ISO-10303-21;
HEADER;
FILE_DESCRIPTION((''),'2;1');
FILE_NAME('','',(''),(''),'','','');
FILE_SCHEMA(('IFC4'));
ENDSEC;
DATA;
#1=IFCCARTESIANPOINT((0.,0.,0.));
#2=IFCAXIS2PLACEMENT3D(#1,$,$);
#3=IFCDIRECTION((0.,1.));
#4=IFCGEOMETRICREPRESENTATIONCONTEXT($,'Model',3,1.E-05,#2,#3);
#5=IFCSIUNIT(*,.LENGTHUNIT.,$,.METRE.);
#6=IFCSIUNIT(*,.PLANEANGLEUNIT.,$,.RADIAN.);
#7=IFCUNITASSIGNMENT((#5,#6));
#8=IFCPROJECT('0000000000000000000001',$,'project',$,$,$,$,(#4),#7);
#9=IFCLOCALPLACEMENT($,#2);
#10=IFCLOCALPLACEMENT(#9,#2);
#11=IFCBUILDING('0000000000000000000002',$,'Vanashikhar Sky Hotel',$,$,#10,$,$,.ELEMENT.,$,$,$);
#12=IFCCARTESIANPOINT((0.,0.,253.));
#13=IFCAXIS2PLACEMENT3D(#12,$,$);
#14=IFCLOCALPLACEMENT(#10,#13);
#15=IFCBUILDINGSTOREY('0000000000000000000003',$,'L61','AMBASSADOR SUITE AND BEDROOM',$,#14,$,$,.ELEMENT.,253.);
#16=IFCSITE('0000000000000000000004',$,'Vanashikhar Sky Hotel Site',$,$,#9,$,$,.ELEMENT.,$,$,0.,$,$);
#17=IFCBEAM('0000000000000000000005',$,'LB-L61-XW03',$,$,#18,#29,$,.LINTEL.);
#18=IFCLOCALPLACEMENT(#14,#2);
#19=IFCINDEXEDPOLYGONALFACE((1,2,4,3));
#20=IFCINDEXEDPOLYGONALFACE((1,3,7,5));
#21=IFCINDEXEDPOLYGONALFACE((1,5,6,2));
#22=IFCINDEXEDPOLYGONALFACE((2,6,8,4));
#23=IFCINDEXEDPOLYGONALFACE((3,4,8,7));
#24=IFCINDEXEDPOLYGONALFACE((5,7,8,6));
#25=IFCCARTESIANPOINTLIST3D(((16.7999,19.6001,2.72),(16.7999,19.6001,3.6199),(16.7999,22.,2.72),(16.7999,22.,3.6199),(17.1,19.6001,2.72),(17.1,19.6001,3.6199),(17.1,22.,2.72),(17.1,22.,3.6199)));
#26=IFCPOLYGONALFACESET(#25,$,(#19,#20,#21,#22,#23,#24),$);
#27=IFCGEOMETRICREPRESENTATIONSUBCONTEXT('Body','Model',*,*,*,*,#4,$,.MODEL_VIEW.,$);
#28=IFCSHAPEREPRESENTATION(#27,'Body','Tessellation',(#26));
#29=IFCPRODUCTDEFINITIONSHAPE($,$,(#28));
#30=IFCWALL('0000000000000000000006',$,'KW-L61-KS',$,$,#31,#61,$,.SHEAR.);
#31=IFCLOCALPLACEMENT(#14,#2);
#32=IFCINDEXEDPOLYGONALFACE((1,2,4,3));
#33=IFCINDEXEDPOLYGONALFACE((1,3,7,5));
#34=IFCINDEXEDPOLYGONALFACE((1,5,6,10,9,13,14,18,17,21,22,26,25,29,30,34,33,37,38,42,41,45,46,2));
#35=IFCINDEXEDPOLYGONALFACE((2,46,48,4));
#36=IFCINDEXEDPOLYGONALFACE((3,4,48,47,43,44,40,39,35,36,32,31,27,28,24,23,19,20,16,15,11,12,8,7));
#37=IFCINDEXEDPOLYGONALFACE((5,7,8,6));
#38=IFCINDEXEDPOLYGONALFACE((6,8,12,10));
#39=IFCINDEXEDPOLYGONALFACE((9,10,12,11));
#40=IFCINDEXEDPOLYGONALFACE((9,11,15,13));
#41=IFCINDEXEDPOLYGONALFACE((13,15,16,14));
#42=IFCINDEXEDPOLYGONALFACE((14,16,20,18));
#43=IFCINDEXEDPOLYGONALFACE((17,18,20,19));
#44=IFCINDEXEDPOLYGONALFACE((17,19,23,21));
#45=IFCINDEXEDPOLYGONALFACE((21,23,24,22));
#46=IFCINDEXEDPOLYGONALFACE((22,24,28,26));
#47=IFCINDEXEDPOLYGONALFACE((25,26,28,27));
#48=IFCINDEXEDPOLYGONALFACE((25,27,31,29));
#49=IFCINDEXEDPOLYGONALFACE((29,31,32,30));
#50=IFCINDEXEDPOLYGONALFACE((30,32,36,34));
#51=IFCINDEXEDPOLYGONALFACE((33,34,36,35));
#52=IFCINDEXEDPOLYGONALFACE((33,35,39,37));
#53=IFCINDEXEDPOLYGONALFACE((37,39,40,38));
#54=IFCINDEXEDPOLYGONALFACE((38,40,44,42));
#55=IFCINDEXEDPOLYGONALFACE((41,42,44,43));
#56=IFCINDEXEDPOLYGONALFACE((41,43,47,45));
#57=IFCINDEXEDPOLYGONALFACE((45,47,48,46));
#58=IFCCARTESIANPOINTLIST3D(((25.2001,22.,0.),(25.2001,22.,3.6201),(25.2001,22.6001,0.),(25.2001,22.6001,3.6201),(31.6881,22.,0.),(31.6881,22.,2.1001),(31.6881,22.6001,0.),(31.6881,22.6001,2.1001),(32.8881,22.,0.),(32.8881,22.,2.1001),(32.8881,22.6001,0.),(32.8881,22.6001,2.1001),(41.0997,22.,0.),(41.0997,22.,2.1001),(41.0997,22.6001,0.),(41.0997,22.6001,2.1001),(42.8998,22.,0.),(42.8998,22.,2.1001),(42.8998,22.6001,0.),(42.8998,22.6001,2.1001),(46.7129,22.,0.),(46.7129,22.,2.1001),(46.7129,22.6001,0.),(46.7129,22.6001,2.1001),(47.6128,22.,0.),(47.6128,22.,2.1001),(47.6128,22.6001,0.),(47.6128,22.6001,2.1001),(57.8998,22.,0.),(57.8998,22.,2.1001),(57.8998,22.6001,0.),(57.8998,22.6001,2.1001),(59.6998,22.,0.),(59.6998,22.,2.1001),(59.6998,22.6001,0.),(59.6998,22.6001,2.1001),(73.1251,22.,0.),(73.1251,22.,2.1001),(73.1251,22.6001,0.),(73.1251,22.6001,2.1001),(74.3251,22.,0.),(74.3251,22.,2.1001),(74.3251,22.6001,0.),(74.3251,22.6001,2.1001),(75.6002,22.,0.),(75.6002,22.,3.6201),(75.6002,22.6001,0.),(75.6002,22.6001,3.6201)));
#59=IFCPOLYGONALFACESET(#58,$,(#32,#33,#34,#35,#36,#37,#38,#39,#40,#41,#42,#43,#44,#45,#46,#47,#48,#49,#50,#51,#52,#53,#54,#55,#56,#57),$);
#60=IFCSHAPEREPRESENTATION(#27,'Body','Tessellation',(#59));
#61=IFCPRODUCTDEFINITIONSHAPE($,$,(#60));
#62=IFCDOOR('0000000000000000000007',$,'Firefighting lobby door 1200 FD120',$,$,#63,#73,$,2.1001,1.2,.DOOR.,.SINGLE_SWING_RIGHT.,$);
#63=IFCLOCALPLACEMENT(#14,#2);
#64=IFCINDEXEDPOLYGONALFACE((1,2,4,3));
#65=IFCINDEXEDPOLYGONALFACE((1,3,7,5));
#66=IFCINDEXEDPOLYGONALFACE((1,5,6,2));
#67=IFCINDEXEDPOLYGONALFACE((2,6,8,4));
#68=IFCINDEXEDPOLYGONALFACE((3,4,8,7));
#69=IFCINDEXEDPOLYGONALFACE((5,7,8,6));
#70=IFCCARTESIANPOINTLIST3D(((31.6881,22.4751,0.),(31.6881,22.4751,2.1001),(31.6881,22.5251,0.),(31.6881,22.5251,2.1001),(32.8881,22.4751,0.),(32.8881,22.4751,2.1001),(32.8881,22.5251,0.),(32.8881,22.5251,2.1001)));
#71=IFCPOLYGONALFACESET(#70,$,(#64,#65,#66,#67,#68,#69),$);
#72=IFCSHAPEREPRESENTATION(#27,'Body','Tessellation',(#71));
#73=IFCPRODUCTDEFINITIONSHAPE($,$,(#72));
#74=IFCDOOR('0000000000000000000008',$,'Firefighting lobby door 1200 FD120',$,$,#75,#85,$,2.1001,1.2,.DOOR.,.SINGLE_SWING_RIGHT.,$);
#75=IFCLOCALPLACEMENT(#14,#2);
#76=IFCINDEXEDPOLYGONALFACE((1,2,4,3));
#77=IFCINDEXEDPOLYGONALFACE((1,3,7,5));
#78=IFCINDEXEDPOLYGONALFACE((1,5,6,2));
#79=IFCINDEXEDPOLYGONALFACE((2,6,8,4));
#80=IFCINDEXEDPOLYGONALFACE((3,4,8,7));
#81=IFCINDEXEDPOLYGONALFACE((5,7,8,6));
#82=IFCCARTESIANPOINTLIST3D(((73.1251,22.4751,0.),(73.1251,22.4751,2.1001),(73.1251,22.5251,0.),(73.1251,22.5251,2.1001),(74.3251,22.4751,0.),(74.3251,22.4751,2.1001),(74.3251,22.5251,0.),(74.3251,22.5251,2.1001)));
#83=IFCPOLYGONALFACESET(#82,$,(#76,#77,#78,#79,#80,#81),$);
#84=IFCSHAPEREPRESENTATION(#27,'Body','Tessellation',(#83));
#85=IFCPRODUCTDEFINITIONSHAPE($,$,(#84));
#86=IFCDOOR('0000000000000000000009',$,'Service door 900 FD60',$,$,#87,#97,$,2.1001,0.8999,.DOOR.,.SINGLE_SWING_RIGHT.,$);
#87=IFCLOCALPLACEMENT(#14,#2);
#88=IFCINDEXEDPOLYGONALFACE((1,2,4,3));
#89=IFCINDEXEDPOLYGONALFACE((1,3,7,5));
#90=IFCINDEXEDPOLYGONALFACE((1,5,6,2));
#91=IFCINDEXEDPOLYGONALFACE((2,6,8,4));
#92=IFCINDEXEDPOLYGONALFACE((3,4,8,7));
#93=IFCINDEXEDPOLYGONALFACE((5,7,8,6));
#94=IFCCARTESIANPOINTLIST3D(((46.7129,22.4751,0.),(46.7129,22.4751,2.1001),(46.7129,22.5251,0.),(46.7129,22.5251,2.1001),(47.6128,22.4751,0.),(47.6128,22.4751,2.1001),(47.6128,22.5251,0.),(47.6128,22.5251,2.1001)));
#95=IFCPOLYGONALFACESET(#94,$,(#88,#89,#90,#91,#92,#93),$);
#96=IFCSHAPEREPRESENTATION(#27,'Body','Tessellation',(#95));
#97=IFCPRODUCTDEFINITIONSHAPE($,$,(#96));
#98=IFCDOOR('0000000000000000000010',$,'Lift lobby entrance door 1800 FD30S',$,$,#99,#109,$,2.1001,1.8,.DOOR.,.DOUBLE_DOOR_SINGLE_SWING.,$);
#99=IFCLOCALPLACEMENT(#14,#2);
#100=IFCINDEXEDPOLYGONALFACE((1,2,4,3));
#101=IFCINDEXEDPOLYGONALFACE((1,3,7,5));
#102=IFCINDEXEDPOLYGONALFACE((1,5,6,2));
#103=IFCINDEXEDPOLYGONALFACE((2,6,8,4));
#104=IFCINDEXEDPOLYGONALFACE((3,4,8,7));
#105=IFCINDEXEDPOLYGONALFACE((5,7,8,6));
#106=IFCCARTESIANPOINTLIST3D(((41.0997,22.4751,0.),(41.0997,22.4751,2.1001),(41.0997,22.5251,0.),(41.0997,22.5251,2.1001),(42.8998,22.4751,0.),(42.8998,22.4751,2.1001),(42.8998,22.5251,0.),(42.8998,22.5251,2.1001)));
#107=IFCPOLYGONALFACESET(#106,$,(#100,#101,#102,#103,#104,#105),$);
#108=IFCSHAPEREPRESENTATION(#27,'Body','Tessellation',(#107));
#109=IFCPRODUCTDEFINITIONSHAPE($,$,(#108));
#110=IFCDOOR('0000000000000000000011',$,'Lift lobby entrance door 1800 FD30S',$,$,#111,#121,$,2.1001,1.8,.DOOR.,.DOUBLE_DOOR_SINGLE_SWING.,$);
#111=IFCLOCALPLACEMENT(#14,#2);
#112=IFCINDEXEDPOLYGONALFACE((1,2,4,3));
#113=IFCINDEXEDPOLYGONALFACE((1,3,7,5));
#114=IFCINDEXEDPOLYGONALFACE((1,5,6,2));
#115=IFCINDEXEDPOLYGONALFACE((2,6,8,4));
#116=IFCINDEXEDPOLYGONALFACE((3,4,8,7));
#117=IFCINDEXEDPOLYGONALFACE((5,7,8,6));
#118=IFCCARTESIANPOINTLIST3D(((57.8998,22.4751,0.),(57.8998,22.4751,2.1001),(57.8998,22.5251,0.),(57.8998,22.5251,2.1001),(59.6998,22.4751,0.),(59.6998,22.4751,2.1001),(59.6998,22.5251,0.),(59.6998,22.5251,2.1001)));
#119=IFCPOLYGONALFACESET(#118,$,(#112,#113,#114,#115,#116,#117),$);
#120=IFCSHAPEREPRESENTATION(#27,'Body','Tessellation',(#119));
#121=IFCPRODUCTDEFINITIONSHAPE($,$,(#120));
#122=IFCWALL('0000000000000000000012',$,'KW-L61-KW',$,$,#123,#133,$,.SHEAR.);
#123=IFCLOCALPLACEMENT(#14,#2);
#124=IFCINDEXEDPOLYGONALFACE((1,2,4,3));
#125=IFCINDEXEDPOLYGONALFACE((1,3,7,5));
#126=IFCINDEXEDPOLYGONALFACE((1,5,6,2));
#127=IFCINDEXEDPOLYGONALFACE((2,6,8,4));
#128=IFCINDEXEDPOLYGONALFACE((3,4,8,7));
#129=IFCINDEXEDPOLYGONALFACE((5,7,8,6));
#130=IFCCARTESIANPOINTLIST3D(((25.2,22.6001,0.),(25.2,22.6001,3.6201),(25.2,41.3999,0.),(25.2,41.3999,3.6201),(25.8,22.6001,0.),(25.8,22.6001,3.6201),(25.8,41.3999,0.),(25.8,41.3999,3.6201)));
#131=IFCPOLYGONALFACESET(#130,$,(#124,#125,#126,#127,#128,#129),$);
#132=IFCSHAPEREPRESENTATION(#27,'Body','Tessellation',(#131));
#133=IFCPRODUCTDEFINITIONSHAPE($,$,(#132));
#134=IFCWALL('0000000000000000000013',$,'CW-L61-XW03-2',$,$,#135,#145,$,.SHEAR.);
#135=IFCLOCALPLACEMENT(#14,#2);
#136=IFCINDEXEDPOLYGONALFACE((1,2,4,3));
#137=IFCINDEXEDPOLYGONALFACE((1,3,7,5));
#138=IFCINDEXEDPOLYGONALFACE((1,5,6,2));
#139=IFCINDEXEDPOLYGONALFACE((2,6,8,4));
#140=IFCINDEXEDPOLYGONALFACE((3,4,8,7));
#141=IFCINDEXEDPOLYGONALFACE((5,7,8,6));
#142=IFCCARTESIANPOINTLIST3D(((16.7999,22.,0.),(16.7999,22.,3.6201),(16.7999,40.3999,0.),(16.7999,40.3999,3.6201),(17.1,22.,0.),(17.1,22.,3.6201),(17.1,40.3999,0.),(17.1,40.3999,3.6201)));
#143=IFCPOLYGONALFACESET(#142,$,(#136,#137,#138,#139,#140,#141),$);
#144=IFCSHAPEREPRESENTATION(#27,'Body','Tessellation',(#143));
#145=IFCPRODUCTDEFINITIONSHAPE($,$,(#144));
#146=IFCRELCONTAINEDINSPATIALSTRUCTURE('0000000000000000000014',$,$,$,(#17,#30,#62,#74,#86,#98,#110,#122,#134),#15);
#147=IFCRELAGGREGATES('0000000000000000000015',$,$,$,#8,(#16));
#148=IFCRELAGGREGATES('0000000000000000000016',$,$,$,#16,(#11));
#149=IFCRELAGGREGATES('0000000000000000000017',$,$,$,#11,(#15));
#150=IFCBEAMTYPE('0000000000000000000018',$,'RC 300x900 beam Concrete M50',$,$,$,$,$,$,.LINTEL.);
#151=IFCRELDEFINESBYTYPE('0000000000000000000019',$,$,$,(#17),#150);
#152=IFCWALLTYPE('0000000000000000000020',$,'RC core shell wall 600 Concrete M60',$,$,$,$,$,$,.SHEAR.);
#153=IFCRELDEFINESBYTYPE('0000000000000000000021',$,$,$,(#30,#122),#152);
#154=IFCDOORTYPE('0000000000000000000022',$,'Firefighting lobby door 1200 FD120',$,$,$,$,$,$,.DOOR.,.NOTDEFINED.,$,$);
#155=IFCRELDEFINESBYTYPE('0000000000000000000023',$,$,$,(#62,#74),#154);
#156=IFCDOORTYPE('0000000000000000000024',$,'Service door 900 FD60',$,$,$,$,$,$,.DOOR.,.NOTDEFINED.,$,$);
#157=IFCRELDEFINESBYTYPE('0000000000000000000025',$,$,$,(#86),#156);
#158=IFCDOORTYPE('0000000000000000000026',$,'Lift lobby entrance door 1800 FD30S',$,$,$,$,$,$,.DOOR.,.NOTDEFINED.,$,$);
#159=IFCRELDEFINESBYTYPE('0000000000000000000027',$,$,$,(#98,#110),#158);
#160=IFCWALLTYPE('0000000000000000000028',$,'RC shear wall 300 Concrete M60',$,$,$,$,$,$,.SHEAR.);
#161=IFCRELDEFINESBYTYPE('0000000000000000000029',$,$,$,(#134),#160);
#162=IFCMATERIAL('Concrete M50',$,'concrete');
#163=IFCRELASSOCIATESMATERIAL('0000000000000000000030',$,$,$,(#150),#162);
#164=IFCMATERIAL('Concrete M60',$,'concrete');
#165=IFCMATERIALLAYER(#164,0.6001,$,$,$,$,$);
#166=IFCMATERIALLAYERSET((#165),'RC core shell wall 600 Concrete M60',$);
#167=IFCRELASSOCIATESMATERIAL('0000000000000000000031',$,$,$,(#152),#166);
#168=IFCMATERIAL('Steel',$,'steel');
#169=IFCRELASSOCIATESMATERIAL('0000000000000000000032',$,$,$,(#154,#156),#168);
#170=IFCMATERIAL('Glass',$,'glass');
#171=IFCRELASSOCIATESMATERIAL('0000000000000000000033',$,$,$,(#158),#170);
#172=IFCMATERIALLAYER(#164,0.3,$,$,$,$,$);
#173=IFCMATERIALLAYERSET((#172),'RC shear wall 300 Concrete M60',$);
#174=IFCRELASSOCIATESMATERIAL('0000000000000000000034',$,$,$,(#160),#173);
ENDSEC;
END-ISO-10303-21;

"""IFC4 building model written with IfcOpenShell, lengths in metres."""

from ifc_helpers import new_model, si_unit, direction, frame, frame_2d, origin, origin_2d, place, context, subcontext, project, spatial, rectangle, extrude, source, transform, mapped, material, layer, layer_set, material_profile, profile_set, type_object, element, fill, save


model = new_model("IFC4")

# Units and contexts
model_context = context("Model", 3, precision=1e-05, world=origin(), true_north=direction((0.0, 1.0)))
body_context = subcontext(model_context, "Body", "Model", "MODEL_VIEW")
ifc_project = project(units=[si_unit("LENGTHUNIT", "METRE"), si_unit("PLANEANGLEUNIT", "RADIAN")], contexts=[model_context])

# Site, building, storey
site_placement = place(None, origin())
site = spatial("IfcSite", under=ifc_project, at=site_placement, Name="Vanashikhar Sky Hotel Site", CompositionType="ELEMENT", RefElevation=0.0)
building_placement = place(site_placement, origin())
building = spatial("IfcBuilding", under=site, at=building_placement, Name="Vanashikhar Sky Hotel", CompositionType="ELEMENT")
storey_placement = place(building_placement, frame((0.0, 0.0, 253.0)))
storey = spatial("IfcBuildingStorey", under=building, at=storey_placement, Name="L61", Description="AMBASSADOR SUITE AND BEDROOM", CompositionType="ELEMENT", Elevation=253.0)

# Beam
ifc_material_1 = material(Name="Concrete M50", Category="concrete")
ifc_material_profile = material_profile(ifc_material_1, rectangle(XDim=0.3, YDim=0.8999, at=origin_2d()))
ifc_profile_set = profile_set([ifc_material_profile], Name="RC 300x900 beam Concrete M50")
beam_type = type_object("IfcBeamType", Name="RC 300x900 beam Concrete M50", PredefinedType="LINTEL", material=ifc_profile_set)
shared_shape_1 = source(origin(), body_context, "Body", "SweptSolid", [
    extrude(rectangle(XDim=0.3, YDim=0.8999, at=origin_2d()), origin(), (0.0, 0.0, 1.0), 2.3999),
])
beam_placement = place(storey_placement, frame((16.95, 19.6001, 3.1699), z_axis=(0.0, 1.0, 0.0), x_axis=(-1.0, 0.0, 0.0)))
element("IfcBeam", 1, at=beam_placement, inside=storey, type_object=beam_type, Name="LB-L61-XW03", PredefinedType="LINTEL", context=body_context, shape_type="MappedRepresentation", body=[
    mapped(shared_shape_1, transform((0.0, 0.0, 0.0), scale=1.0)),
])

# Wall, openings, doors
ifc_material_2 = material(Name="Concrete M60", Category="concrete")
ifc_layer_1 = layer(ifc_material_2, 0.6001)
ifc_layer_set_1 = layer_set([ifc_layer_1], Name="RC core shell wall 600 Concrete M60")
wall_type_1 = type_object("IfcWallType", Name="RC core shell wall 600 Concrete M60", PredefinedType="SHEAR", material=ifc_layer_set_1)
shared_shape_2 = source(origin(), body_context, "Body", "SweptSolid", [
    extrude(rectangle(XDim=50.4001, YDim=0.6001, at=frame_2d((25.2002, 0.0))), origin(), (0.0, 0.0, 1.0), 3.6201),
])
wall_1_placement = place(storey_placement, frame((25.2, 22.3, 0.0), z_axis=(0.0, 0.0, 1.0), x_axis=(1.0, 0.0, 0.0)))
wall_1 = element("IfcWall", 2, at=wall_1_placement, inside=storey, type_object=wall_type_1, Name="KW-L61-KS", PredefinedType="SHEAR", context=body_context, shape_type="MappedRepresentation", body=[
    mapped(shared_shape_2, transform((0.0, 0.0, 0.0), scale=1.0)),
])
shared_shape_3 = source(origin(), body_context, "Body", "SweptSolid", [
    extrude(rectangle(XDim=1.8, YDim=2.1001, at=frame_2d((0.8999, 1.05))), frame((0.0, 0.3101, 0.0), z_axis=(0.0, -1.0, 0.0), x_axis=(1.0, 0.0, 0.0)), (0.0, 0.0, 1.0), 0.6201),
])
opening_1_placement = place(wall_1_placement, frame((15.8999, 0.0, 0.0)))
opening_1 = element("IfcOpeningElement", 3, at=opening_1_placement, cuts=wall_1, PredefinedType="OPENING", context=body_context, shape_type="MappedRepresentation", body=[
    mapped(shared_shape_3, transform((0.0, 0.0, 0.0), scale=1.0)),
])
shared_shape_4 = source(origin(), body_context, "Body", "SweptSolid", [
    extrude(rectangle(XDim=0.8999, YDim=2.1001, at=frame_2d((0.45, 1.05))), frame((0.0, 0.3101, 0.0), z_axis=(0.0, -1.0, 0.0), x_axis=(1.0, 0.0, 0.0)), (0.0, 0.0, 1.0), 0.6201),
])
opening_2_placement = place(wall_1_placement, frame((21.5129, 0.0, 0.0)))
opening_2 = element("IfcOpeningElement", 4, at=opening_2_placement, cuts=wall_1, PredefinedType="OPENING", context=body_context, shape_type="MappedRepresentation", body=[
    mapped(shared_shape_4, transform((0.0, 0.0, 0.0), scale=1.0)),
])
opening_3_placement = place(wall_1_placement, frame((32.7, 0.0, 0.0)))
opening_3 = element("IfcOpeningElement", 5, at=opening_3_placement, cuts=wall_1, PredefinedType="OPENING", context=body_context, shape_type="MappedRepresentation", body=[
    mapped(shared_shape_3, transform((0.0, 0.0, 0.0), scale=1.0)),
])
shared_shape_5 = source(origin(), body_context, "Body", "SweptSolid", [
    extrude(rectangle(XDim=1.2, YDim=2.1001, at=frame_2d((0.6001, 1.05))), frame((0.0, 0.3101, 0.0), z_axis=(0.0, -1.0, 0.0), x_axis=(1.0, 0.0, 0.0)), (0.0, 0.0, 1.0), 0.6201),
])
opening_4_placement = place(wall_1_placement, frame((6.488, 0.0, 0.0)))
opening_4 = element("IfcOpeningElement", 6, at=opening_4_placement, cuts=wall_1, PredefinedType="OPENING", context=body_context, shape_type="MappedRepresentation", body=[
    mapped(shared_shape_5, transform((0.0, 0.0, 0.0), scale=1.0)),
])
opening_5_placement = place(wall_1_placement, frame((47.925, 0.0, 0.0)))
opening_5 = element("IfcOpeningElement", 7, at=opening_5_placement, cuts=wall_1, PredefinedType="OPENING", context=body_context, shape_type="MappedRepresentation", body=[
    mapped(shared_shape_5, transform((0.0, 0.0, 0.0), scale=1.0)),
])
ifc_material_3 = material(Name="Steel", Category="steel")
door_type_1 = type_object("IfcDoorType", Name="Firefighting lobby door 1200 FD120", OperationType="NOTDEFINED", PredefinedType="DOOR", material=ifc_material_3)
shared_shape_6 = source(origin(), body_context, "Body", "SweptSolid", [
    extrude(rectangle(XDim=1.2, YDim=2.1001, at=frame_2d((0.6001, 1.05))), frame((0.0, 0.2251, 0.0), z_axis=(0.0, -1.0, 0.0), x_axis=(1.0, 0.0, 0.0)), (0.0, 0.0, 1.0), 0.05),
])
door_1_placement = place(opening_4_placement, origin())
door_1 = element("IfcDoor", 8, at=door_1_placement, inside=storey, type_object=door_type_1, Name="Firefighting lobby door 1200 FD120", OperationType="SINGLE_SWING_RIGHT", OverallHeight=2.1001, OverallWidth=1.2, PredefinedType="DOOR", context=body_context, shape_type="MappedRepresentation", body=[
    mapped(shared_shape_6, transform((0.0, 0.0, 0.0), scale=1.0)),
])
fill(opening_4, door_1)
door_2_placement = place(opening_5_placement, origin())
door_2 = element("IfcDoor", 9, at=door_2_placement, inside=storey, type_object=door_type_1, Name="Firefighting lobby door 1200 FD120", OperationType="SINGLE_SWING_RIGHT", OverallHeight=2.1001, OverallWidth=1.2, PredefinedType="DOOR", context=body_context, shape_type="MappedRepresentation", body=[
    mapped(shared_shape_6, transform((0.0, 0.0, 0.0), scale=1.0)),
])
fill(opening_5, door_2)
door_type_2 = type_object("IfcDoorType", Name="Service door 900 FD60", OperationType="NOTDEFINED", PredefinedType="DOOR", material=ifc_material_3)
shared_shape_7 = source(origin(), body_context, "Body", "SweptSolid", [
    extrude(rectangle(XDim=0.8999, YDim=2.1001, at=frame_2d((0.45, 1.05))), frame((0.0, 0.2251, 0.0), z_axis=(0.0, -1.0, 0.0), x_axis=(1.0, 0.0, 0.0)), (0.0, 0.0, 1.0), 0.05),
])
door_3_placement = place(opening_2_placement, origin())
door_3 = element("IfcDoor", 10, at=door_3_placement, inside=storey, type_object=door_type_2, Name="Service door 900 FD60", OperationType="SINGLE_SWING_RIGHT", OverallHeight=2.1001, OverallWidth=0.8999, PredefinedType="DOOR", context=body_context, shape_type="MappedRepresentation", body=[
    mapped(shared_shape_7, transform((0.0, 0.0, 0.0), scale=1.0)),
])
fill(opening_2, door_3)
ifc_material_4 = material(Name="Glass", Category="glass")
door_type_3 = type_object("IfcDoorType", Name="Lift lobby entrance door 1800 FD30S", OperationType="NOTDEFINED", PredefinedType="DOOR", material=ifc_material_4)
shared_shape_8 = source(origin(), body_context, "Body", "SweptSolid", [
    extrude(rectangle(XDim=1.8, YDim=2.1001, at=frame_2d((0.8999, 1.05))), frame((0.0, 0.2251, 0.0), z_axis=(0.0, -1.0, 0.0), x_axis=(1.0, 0.0, 0.0)), (0.0, 0.0, 1.0), 0.05),
])
door_4_placement = place(opening_1_placement, origin())
door_4 = element("IfcDoor", 11, at=door_4_placement, inside=storey, type_object=door_type_3, Name="Lift lobby entrance door 1800 FD30S", OperationType="DOUBLE_DOOR_SINGLE_SWING", OverallHeight=2.1001, OverallWidth=1.8, PredefinedType="DOOR", context=body_context, shape_type="MappedRepresentation", body=[
    mapped(shared_shape_8, transform((0.0, 0.0, 0.0), scale=1.0)),
])
fill(opening_1, door_4)
door_5_placement = place(opening_3_placement, origin())
door_5 = element("IfcDoor", 12, at=door_5_placement, inside=storey, type_object=door_type_3, Name="Lift lobby entrance door 1800 FD30S", OperationType="DOUBLE_DOOR_SINGLE_SWING", OverallHeight=2.1001, OverallWidth=1.8, PredefinedType="DOOR", context=body_context, shape_type="MappedRepresentation", body=[
    mapped(shared_shape_8, transform((0.0, 0.0, 0.0), scale=1.0)),
])
fill(opening_3, door_5)

# Walls
shared_shape_9 = source(origin(), body_context, "Body", "SweptSolid", [
    extrude(rectangle(XDim=18.7998, YDim=0.6001, at=frame_2d((9.3999, 0.0))), origin(), (0.0, 0.0, 1.0), 3.6201),
])
wall_2_placement = place(storey_placement, frame((25.5, 22.6001, 0.0), z_axis=(0.0, 0.0, 1.0), x_axis=(0.0, 1.0, 0.0)))
element("IfcWall", 13, at=wall_2_placement, inside=storey, type_object=wall_type_1, Name="KW-L61-KW", PredefinedType="SHEAR", context=body_context, shape_type="MappedRepresentation", body=[
    mapped(shared_shape_9, transform((0.0, 0.0, 0.0), scale=1.0)),
])
ifc_layer_2 = layer(ifc_material_2, 0.3)
ifc_layer_set_2 = layer_set([ifc_layer_2], Name="RC shear wall 300 Concrete M60")
wall_type_2 = type_object("IfcWallType", Name="RC shear wall 300 Concrete M60", PredefinedType="SHEAR", material=ifc_layer_set_2)
shared_shape_10 = source(origin(), body_context, "Body", "SweptSolid", [
    extrude(rectangle(XDim=18.3999, YDim=0.3, at=frame_2d((9.2, 0.0))), origin(), (0.0, 0.0, 1.0), 3.6201),
])
wall_3_placement = place(storey_placement, frame((16.95, 22.0, 0.0), z_axis=(0.0, 0.0, 1.0), x_axis=(0.0, 1.0, 0.0)))
element("IfcWall", 14, at=wall_3_placement, inside=storey, type_object=wall_type_2, Name="CW-L61-XW03-2", PredefinedType="SHEAR", context=body_context, shape_type="MappedRepresentation", body=[
    mapped(shared_shape_10, transform((0.0, 0.0, 0.0), scale=1.0)),
])

save(model, "model.ifc")
